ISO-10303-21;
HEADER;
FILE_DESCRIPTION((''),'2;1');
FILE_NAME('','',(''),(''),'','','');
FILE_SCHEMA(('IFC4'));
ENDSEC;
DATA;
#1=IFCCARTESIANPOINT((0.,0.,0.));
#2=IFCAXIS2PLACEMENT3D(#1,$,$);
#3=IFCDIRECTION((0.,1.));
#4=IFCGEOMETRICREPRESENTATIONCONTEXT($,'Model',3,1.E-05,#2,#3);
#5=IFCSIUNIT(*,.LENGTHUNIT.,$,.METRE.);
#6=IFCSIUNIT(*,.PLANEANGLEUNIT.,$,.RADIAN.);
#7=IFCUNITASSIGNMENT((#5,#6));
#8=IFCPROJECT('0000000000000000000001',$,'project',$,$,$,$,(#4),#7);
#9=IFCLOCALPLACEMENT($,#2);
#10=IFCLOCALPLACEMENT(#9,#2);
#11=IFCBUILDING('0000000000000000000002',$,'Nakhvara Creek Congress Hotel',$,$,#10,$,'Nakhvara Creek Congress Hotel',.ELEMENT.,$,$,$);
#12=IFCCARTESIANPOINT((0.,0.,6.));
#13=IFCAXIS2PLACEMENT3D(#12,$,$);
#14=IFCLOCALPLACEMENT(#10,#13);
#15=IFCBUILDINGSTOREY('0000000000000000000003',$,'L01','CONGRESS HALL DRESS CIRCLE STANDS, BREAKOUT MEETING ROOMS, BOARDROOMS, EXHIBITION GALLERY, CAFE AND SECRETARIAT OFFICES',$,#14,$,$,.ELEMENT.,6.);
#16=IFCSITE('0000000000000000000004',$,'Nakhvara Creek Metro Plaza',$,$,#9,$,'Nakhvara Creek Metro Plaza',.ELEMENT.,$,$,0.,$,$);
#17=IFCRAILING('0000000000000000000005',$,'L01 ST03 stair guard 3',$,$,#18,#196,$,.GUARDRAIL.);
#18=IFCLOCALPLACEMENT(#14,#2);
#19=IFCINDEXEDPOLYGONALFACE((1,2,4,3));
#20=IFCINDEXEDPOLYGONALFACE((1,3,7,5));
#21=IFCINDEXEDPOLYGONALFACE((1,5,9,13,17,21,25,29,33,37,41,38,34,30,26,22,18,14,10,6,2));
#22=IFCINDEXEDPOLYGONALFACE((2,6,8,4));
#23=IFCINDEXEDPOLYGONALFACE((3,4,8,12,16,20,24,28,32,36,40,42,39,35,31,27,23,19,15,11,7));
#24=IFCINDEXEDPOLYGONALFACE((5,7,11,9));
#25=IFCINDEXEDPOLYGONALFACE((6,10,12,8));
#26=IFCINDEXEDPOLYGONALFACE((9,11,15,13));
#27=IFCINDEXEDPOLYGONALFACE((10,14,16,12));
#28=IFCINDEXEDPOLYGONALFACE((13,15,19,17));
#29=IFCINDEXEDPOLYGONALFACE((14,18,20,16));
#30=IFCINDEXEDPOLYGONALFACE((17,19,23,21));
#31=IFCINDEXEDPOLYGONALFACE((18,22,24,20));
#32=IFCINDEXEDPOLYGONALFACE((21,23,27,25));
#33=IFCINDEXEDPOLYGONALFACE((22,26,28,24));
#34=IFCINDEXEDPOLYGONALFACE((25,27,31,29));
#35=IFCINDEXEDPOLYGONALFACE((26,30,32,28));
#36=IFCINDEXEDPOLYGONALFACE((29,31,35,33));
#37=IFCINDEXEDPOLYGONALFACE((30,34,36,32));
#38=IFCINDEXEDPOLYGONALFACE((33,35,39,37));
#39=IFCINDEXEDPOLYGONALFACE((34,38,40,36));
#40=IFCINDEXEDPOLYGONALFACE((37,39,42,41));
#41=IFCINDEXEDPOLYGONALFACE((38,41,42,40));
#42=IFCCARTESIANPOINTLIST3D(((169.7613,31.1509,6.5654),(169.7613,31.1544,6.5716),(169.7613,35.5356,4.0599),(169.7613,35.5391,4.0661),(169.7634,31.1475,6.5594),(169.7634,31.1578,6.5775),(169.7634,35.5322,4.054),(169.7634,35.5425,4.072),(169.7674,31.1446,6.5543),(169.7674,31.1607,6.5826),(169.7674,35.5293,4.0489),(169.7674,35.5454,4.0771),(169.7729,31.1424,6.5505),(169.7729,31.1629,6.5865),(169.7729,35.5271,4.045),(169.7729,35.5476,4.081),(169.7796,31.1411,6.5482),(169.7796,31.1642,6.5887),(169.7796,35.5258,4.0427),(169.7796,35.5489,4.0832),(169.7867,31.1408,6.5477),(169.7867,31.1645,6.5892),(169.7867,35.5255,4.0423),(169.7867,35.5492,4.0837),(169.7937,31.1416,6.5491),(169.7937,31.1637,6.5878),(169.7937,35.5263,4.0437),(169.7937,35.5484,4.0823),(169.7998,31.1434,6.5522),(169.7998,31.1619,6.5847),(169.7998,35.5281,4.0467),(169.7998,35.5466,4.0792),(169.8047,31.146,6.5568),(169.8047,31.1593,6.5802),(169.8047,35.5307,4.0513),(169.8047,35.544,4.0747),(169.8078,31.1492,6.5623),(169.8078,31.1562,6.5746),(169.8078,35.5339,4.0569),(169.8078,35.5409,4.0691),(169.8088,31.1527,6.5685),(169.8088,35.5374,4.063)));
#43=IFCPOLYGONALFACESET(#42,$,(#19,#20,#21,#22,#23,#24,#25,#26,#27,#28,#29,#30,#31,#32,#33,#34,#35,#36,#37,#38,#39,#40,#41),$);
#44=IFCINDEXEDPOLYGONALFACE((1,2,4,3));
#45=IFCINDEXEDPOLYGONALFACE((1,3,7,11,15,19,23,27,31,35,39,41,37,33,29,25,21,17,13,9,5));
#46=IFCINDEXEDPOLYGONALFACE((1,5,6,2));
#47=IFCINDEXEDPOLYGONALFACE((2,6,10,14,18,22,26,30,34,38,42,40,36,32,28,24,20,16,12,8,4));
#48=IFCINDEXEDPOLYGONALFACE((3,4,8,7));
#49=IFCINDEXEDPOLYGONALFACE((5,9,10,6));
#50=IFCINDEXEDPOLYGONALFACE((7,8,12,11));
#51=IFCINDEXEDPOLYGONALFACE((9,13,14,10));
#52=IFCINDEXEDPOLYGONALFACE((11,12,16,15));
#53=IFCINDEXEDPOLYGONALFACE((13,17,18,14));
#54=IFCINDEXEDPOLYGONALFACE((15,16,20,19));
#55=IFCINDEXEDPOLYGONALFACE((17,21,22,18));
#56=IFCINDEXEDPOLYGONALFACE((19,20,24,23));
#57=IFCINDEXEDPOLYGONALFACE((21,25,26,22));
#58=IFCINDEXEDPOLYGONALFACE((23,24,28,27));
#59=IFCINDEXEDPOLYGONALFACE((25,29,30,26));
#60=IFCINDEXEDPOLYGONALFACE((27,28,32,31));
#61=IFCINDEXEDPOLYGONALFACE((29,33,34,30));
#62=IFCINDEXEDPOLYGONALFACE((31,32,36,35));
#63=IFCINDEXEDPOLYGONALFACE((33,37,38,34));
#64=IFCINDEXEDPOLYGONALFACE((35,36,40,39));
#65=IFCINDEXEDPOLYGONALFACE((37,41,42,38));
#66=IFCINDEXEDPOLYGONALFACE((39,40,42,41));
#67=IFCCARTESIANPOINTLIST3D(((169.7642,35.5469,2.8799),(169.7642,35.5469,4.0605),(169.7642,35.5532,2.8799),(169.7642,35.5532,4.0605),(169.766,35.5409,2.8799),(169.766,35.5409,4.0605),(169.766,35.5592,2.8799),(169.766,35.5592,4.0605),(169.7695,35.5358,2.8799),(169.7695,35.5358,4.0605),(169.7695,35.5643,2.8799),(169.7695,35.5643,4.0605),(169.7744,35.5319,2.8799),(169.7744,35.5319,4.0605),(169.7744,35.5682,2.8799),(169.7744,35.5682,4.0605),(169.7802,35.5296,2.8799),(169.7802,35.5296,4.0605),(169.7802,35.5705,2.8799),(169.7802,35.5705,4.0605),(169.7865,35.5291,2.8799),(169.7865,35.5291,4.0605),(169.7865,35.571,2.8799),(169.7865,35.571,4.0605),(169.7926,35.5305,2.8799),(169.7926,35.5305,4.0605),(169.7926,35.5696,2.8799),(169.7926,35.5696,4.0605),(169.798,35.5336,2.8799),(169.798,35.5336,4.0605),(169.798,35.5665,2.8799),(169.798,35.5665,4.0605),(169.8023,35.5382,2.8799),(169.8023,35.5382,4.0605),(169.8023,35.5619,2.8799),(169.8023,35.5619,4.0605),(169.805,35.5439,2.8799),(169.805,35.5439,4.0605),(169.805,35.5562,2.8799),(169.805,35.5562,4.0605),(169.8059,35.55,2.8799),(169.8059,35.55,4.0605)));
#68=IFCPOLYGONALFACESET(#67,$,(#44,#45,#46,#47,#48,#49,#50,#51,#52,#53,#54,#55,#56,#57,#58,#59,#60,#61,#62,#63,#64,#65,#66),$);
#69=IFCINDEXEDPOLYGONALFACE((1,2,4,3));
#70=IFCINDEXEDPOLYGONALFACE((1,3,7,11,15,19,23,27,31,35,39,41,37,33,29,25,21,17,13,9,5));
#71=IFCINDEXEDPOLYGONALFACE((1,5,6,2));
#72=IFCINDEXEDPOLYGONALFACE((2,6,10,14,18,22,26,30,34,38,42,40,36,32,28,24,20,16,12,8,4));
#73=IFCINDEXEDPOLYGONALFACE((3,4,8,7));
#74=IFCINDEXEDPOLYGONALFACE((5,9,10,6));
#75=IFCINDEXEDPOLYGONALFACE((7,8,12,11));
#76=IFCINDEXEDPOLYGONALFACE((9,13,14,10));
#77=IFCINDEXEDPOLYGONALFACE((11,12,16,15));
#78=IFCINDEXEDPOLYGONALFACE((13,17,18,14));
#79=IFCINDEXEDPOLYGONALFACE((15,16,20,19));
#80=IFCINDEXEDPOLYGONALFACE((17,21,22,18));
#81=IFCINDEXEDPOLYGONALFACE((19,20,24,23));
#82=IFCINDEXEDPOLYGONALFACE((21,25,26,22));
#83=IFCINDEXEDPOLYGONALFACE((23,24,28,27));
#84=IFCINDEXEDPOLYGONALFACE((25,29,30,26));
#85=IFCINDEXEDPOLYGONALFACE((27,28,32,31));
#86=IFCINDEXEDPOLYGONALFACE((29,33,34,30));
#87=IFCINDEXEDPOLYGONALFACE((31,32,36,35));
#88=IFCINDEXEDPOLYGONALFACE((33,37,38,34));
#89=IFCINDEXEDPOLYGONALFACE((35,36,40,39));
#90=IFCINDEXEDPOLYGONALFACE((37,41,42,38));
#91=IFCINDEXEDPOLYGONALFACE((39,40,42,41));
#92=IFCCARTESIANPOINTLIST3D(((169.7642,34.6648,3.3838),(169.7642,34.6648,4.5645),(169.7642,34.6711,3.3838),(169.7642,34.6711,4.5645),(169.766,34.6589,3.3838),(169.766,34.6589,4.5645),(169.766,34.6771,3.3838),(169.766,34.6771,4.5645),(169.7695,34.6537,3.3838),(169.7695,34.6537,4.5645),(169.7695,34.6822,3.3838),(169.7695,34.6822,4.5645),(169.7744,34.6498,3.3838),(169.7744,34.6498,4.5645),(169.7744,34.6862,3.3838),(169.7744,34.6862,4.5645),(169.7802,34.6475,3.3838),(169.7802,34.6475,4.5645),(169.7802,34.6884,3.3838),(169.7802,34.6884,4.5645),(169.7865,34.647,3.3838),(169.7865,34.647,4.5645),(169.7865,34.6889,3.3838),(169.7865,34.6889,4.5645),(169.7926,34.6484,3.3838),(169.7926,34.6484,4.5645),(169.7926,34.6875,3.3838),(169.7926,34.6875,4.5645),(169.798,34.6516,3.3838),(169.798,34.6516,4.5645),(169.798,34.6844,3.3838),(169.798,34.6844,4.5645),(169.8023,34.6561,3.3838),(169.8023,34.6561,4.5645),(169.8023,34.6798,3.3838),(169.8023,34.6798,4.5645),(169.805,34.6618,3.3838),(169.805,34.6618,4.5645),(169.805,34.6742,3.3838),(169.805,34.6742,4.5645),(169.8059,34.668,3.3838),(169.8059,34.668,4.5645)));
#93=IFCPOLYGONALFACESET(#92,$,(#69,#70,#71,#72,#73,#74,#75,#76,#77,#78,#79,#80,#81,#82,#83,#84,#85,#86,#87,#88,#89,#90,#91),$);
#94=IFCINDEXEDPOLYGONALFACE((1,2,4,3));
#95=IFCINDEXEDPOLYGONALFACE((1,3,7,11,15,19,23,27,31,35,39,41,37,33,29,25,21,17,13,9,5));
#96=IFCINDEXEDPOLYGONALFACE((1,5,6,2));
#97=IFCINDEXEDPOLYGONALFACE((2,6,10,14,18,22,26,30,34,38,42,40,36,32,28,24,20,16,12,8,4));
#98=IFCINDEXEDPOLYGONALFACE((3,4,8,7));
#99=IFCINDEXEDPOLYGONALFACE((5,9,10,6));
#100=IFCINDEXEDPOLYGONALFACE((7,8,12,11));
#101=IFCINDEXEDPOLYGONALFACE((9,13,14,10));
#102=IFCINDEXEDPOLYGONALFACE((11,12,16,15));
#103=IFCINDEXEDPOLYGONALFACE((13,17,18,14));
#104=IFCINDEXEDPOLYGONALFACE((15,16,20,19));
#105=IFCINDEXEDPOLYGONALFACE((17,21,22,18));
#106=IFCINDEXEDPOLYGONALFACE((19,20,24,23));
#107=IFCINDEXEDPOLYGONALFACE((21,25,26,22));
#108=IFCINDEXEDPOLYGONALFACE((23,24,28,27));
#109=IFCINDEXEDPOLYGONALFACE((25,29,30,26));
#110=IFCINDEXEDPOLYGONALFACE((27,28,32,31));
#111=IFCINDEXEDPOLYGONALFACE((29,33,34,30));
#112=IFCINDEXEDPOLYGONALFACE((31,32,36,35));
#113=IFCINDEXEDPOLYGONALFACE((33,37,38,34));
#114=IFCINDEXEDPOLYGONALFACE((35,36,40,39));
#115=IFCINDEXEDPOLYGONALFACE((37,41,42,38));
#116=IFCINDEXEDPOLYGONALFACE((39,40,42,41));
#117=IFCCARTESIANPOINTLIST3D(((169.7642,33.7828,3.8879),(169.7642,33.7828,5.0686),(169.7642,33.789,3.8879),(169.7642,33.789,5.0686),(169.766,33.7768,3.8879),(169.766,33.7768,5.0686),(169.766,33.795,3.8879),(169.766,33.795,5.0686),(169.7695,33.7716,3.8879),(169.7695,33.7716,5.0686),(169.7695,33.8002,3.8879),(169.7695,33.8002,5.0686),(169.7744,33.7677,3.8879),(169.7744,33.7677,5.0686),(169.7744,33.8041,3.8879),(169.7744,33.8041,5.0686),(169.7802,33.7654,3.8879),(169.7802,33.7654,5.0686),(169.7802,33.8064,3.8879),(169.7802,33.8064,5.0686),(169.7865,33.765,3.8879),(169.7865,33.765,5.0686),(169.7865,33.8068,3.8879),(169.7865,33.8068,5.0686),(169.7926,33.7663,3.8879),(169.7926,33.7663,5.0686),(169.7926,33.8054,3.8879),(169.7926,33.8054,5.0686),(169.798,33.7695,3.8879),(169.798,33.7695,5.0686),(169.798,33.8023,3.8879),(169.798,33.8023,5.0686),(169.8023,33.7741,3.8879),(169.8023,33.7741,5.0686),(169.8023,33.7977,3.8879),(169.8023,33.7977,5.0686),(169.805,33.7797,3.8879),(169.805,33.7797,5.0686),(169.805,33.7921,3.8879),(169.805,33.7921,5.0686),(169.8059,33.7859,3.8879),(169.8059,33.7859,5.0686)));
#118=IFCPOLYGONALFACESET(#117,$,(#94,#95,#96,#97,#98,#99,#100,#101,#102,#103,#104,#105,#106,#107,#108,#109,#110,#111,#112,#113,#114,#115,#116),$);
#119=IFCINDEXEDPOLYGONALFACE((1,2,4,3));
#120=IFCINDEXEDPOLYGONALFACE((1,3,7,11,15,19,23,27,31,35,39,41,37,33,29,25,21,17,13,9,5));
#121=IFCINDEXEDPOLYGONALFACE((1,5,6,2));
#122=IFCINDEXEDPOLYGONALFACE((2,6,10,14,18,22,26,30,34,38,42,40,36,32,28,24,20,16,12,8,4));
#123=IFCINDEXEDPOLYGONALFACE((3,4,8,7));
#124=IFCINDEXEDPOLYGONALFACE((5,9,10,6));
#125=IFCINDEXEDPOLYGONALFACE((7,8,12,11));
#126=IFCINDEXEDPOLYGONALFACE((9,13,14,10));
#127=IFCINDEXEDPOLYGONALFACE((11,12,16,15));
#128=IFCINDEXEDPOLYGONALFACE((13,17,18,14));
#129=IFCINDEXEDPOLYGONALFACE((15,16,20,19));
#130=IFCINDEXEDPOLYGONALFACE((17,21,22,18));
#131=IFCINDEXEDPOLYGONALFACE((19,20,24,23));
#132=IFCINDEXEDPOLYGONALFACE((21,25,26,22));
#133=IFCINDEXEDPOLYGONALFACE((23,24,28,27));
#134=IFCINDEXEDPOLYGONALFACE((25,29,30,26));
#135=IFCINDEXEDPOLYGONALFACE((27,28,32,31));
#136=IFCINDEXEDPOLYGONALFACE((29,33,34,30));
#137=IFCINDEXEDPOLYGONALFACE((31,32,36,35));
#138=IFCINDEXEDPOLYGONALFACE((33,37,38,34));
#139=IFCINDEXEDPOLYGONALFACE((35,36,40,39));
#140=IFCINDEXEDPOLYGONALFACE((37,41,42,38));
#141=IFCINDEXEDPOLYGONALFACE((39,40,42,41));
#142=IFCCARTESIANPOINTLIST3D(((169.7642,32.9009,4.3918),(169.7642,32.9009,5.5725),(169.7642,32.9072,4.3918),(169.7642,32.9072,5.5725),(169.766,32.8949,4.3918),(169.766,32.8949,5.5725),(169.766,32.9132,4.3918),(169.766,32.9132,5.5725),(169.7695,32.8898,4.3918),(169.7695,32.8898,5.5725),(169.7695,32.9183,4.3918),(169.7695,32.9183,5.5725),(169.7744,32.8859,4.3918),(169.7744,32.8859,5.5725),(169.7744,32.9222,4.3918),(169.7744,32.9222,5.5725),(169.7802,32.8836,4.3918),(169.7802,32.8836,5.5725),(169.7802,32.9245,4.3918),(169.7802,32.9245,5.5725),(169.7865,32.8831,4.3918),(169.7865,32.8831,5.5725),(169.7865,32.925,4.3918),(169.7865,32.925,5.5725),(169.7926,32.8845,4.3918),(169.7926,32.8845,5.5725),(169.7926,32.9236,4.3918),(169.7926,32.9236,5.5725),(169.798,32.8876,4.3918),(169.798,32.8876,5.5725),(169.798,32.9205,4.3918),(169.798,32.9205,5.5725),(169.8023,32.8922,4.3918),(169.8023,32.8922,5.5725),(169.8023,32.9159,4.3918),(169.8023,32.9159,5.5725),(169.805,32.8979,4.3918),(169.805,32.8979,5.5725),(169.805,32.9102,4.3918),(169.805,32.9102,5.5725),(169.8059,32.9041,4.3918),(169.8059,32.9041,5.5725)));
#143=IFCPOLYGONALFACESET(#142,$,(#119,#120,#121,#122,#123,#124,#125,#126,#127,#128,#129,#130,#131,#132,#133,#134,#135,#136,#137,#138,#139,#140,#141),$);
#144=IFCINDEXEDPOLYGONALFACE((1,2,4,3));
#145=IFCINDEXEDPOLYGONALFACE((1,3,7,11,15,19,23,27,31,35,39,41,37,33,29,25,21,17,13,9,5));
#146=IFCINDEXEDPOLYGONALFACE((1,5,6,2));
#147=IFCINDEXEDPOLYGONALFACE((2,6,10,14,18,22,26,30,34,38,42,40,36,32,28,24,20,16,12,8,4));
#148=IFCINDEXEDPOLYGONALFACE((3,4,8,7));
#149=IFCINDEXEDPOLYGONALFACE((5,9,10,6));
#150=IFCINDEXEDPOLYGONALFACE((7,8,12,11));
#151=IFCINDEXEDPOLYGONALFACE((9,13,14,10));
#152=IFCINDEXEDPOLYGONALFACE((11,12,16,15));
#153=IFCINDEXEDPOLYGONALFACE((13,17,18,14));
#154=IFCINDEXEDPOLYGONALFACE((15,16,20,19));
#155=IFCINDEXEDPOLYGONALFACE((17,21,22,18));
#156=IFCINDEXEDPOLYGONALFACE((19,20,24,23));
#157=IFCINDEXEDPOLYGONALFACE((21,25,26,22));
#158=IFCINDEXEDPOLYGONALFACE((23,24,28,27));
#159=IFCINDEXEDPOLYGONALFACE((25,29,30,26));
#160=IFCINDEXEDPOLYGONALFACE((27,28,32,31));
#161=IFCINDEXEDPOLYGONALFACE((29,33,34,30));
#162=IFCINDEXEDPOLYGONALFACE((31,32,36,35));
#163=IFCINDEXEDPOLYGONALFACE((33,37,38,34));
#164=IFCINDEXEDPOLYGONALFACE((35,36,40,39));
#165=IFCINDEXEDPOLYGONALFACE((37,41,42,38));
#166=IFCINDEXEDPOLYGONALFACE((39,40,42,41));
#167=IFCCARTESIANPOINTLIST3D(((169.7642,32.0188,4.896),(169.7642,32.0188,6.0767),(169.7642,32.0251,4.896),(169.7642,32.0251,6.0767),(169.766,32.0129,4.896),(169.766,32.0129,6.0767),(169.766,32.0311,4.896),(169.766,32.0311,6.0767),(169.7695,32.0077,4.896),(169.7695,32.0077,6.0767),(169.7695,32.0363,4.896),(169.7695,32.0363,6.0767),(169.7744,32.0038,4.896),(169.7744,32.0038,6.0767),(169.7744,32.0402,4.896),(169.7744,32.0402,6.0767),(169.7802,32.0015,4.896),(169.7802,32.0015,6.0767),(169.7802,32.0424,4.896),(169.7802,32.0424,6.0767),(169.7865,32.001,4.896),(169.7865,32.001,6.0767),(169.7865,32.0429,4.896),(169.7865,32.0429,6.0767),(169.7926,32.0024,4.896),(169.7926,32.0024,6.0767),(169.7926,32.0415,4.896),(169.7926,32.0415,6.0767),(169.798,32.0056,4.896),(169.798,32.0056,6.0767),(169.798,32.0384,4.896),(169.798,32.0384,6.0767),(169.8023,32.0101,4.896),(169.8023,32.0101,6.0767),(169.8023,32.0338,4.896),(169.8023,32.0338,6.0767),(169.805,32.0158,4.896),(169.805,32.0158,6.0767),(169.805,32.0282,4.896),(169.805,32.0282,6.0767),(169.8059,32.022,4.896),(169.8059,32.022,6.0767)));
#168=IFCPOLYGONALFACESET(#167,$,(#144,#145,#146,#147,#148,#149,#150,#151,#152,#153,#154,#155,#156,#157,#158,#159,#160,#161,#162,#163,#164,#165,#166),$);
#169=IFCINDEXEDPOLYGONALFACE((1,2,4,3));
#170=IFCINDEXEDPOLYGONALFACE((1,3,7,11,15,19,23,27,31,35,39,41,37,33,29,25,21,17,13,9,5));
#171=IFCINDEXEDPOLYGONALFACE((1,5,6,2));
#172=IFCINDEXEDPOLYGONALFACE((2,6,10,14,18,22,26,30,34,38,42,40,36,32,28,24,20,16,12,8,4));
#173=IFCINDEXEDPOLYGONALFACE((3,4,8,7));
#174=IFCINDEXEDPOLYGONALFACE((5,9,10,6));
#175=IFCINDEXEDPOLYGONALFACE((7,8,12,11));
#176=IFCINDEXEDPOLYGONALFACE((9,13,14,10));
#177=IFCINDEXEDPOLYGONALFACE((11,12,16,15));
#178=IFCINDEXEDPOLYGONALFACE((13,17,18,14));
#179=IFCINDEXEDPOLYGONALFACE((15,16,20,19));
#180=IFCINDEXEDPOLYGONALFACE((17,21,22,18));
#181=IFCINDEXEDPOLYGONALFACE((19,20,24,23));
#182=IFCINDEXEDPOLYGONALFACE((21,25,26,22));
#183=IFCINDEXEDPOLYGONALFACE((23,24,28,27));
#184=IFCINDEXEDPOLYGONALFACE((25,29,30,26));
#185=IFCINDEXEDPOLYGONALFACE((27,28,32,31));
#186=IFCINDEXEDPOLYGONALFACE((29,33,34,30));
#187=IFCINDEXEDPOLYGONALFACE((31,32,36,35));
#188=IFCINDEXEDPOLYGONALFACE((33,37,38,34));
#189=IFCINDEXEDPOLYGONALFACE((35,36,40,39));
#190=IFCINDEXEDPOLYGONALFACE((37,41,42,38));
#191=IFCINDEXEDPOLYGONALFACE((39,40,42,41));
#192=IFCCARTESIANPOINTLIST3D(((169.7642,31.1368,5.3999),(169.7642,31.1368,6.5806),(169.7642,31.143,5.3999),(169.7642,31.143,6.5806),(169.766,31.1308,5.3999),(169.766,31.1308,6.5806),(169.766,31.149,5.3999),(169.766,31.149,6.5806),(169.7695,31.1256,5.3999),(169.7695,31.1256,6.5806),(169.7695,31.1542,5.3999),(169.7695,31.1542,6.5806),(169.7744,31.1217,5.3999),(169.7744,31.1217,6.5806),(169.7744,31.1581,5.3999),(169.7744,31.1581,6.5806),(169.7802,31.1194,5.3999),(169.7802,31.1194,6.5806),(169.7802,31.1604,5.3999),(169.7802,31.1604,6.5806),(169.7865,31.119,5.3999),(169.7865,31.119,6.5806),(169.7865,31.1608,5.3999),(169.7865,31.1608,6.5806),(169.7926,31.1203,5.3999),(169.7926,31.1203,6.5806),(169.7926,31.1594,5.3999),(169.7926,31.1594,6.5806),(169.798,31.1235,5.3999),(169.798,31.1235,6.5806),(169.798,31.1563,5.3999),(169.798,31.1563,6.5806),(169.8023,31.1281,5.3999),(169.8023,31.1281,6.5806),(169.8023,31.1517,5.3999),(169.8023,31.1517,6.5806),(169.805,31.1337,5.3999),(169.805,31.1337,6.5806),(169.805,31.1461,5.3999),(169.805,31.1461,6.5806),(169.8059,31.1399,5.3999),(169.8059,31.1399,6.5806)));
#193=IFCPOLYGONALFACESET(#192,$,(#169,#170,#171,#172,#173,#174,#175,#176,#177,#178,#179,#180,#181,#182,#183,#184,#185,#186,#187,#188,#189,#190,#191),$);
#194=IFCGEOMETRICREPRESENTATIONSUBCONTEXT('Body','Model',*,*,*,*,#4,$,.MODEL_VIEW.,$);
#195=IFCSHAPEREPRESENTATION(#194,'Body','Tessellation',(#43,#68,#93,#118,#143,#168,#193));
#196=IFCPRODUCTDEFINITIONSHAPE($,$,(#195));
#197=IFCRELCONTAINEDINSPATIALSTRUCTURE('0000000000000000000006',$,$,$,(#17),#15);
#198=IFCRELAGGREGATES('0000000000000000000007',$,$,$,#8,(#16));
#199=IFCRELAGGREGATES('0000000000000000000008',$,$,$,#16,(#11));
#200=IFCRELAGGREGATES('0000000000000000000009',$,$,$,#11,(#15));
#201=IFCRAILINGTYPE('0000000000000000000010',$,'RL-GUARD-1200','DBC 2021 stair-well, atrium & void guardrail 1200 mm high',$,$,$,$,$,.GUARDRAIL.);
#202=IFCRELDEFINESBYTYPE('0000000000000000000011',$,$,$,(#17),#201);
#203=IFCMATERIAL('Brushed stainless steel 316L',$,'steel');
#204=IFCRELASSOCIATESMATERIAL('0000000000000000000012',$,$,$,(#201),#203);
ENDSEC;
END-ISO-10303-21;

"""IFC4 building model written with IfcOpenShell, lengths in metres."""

from ifc_helpers import new_model, si_unit, direction, frame, origin, origin_2d, place, context, subcontext, project, spatial, circle, extrude, material, type_object, element, save


model = new_model("IFC4")

# Units and contexts
model_context = context("Model", 3, precision=1e-05, world=origin(), true_north=direction((0.0, 1.0)))
body_context = subcontext(model_context, "Body", "Model", "MODEL_VIEW")
ifc_project = project(units=[si_unit("LENGTHUNIT", "METRE"), si_unit("PLANEANGLEUNIT", "RADIAN")], contexts=[model_context])

# Site, building, storey
site_placement = place(None, origin())
site = spatial("IfcSite", under=ifc_project, at=site_placement, Name="Nakhvara Creek Metro Plaza", LongName="Nakhvara Creek Metro Plaza", CompositionType="ELEMENT", RefElevation=0.0)
building_placement = place(site_placement, origin())
building = spatial("IfcBuilding", under=site, at=building_placement, Name="Nakhvara Creek Congress Hotel", LongName="Nakhvara Creek Congress Hotel", CompositionType="ELEMENT")
storey_placement = place(building_placement, frame((0.0, 0.0, 6.0)))
storey = spatial("IfcBuildingStorey", under=building, at=storey_placement, Name="L01", Description="CONGRESS HALL DRESS CIRCLE STANDS, BREAKOUT MEETING ROOMS, BOARDROOMS, EXHIBITION GALLERY, CAFE AND SECRETARIAT OFFICES", CompositionType="ELEMENT", Elevation=6.0)

# Railing
ifc_material_1 = material(Name="Brushed stainless steel 316L", Category="steel")
railing_type_1 = type_object("IfcRailingType", Name="RL-GUARD-1200", Description="DBC 2021 stair-well, atrium & void guardrail 1200 mm high", PredefinedType="GUARDRAIL", material=ifc_material_1)
railing_1_placement = place(storey_placement, frame((169.7849, 35.55, 2.8799)))
element("IfcRailing", 1, at=railing_1_placement, inside=storey, type_object=railing_type_1, Name="L01 ST03 stair guard 3", PredefinedType="GUARDRAIL", context=body_context, shape_type="SweptSolid", body=[
    extrude(circle(Radius=0.0239, at=origin_2d()), frame((0.0, -0.0127, 1.1831), z_axis=(0.0, -0.868249, 0.496129), x_axis=(1.0, 0.0, 0.0)), (0.0, 0.0, 1.0), 5.05),
    extrude(circle(Radius=0.021, at=origin_2d()), origin(), (0.0, 0.0, 1.0), 1.1807),
    extrude(circle(Radius=0.021, at=origin_2d()), frame((0.0, -0.8821, 0.5039)), (0.0, 0.0, 1.0), 1.1807),
    extrude(circle(Radius=0.021, at=origin_2d()), frame((0.0, -1.7642, 1.0081)), (0.0, 0.0, 1.0), 1.1807),
    extrude(circle(Radius=0.021, at=origin_2d()), frame((0.0, -2.646, 1.512)), (0.0, 0.0, 1.0), 1.1807),
    extrude(circle(Radius=0.021, at=origin_2d()), frame((0.0, -3.5281, 2.0161)), (0.0, 0.0, 1.0), 1.1807),
    extrude(circle(Radius=0.021, at=origin_2d()), frame((0.0, -4.4102, 2.52)), (0.0, 0.0, 1.0), 1.1807),
])

save(model, "model.ifc")
